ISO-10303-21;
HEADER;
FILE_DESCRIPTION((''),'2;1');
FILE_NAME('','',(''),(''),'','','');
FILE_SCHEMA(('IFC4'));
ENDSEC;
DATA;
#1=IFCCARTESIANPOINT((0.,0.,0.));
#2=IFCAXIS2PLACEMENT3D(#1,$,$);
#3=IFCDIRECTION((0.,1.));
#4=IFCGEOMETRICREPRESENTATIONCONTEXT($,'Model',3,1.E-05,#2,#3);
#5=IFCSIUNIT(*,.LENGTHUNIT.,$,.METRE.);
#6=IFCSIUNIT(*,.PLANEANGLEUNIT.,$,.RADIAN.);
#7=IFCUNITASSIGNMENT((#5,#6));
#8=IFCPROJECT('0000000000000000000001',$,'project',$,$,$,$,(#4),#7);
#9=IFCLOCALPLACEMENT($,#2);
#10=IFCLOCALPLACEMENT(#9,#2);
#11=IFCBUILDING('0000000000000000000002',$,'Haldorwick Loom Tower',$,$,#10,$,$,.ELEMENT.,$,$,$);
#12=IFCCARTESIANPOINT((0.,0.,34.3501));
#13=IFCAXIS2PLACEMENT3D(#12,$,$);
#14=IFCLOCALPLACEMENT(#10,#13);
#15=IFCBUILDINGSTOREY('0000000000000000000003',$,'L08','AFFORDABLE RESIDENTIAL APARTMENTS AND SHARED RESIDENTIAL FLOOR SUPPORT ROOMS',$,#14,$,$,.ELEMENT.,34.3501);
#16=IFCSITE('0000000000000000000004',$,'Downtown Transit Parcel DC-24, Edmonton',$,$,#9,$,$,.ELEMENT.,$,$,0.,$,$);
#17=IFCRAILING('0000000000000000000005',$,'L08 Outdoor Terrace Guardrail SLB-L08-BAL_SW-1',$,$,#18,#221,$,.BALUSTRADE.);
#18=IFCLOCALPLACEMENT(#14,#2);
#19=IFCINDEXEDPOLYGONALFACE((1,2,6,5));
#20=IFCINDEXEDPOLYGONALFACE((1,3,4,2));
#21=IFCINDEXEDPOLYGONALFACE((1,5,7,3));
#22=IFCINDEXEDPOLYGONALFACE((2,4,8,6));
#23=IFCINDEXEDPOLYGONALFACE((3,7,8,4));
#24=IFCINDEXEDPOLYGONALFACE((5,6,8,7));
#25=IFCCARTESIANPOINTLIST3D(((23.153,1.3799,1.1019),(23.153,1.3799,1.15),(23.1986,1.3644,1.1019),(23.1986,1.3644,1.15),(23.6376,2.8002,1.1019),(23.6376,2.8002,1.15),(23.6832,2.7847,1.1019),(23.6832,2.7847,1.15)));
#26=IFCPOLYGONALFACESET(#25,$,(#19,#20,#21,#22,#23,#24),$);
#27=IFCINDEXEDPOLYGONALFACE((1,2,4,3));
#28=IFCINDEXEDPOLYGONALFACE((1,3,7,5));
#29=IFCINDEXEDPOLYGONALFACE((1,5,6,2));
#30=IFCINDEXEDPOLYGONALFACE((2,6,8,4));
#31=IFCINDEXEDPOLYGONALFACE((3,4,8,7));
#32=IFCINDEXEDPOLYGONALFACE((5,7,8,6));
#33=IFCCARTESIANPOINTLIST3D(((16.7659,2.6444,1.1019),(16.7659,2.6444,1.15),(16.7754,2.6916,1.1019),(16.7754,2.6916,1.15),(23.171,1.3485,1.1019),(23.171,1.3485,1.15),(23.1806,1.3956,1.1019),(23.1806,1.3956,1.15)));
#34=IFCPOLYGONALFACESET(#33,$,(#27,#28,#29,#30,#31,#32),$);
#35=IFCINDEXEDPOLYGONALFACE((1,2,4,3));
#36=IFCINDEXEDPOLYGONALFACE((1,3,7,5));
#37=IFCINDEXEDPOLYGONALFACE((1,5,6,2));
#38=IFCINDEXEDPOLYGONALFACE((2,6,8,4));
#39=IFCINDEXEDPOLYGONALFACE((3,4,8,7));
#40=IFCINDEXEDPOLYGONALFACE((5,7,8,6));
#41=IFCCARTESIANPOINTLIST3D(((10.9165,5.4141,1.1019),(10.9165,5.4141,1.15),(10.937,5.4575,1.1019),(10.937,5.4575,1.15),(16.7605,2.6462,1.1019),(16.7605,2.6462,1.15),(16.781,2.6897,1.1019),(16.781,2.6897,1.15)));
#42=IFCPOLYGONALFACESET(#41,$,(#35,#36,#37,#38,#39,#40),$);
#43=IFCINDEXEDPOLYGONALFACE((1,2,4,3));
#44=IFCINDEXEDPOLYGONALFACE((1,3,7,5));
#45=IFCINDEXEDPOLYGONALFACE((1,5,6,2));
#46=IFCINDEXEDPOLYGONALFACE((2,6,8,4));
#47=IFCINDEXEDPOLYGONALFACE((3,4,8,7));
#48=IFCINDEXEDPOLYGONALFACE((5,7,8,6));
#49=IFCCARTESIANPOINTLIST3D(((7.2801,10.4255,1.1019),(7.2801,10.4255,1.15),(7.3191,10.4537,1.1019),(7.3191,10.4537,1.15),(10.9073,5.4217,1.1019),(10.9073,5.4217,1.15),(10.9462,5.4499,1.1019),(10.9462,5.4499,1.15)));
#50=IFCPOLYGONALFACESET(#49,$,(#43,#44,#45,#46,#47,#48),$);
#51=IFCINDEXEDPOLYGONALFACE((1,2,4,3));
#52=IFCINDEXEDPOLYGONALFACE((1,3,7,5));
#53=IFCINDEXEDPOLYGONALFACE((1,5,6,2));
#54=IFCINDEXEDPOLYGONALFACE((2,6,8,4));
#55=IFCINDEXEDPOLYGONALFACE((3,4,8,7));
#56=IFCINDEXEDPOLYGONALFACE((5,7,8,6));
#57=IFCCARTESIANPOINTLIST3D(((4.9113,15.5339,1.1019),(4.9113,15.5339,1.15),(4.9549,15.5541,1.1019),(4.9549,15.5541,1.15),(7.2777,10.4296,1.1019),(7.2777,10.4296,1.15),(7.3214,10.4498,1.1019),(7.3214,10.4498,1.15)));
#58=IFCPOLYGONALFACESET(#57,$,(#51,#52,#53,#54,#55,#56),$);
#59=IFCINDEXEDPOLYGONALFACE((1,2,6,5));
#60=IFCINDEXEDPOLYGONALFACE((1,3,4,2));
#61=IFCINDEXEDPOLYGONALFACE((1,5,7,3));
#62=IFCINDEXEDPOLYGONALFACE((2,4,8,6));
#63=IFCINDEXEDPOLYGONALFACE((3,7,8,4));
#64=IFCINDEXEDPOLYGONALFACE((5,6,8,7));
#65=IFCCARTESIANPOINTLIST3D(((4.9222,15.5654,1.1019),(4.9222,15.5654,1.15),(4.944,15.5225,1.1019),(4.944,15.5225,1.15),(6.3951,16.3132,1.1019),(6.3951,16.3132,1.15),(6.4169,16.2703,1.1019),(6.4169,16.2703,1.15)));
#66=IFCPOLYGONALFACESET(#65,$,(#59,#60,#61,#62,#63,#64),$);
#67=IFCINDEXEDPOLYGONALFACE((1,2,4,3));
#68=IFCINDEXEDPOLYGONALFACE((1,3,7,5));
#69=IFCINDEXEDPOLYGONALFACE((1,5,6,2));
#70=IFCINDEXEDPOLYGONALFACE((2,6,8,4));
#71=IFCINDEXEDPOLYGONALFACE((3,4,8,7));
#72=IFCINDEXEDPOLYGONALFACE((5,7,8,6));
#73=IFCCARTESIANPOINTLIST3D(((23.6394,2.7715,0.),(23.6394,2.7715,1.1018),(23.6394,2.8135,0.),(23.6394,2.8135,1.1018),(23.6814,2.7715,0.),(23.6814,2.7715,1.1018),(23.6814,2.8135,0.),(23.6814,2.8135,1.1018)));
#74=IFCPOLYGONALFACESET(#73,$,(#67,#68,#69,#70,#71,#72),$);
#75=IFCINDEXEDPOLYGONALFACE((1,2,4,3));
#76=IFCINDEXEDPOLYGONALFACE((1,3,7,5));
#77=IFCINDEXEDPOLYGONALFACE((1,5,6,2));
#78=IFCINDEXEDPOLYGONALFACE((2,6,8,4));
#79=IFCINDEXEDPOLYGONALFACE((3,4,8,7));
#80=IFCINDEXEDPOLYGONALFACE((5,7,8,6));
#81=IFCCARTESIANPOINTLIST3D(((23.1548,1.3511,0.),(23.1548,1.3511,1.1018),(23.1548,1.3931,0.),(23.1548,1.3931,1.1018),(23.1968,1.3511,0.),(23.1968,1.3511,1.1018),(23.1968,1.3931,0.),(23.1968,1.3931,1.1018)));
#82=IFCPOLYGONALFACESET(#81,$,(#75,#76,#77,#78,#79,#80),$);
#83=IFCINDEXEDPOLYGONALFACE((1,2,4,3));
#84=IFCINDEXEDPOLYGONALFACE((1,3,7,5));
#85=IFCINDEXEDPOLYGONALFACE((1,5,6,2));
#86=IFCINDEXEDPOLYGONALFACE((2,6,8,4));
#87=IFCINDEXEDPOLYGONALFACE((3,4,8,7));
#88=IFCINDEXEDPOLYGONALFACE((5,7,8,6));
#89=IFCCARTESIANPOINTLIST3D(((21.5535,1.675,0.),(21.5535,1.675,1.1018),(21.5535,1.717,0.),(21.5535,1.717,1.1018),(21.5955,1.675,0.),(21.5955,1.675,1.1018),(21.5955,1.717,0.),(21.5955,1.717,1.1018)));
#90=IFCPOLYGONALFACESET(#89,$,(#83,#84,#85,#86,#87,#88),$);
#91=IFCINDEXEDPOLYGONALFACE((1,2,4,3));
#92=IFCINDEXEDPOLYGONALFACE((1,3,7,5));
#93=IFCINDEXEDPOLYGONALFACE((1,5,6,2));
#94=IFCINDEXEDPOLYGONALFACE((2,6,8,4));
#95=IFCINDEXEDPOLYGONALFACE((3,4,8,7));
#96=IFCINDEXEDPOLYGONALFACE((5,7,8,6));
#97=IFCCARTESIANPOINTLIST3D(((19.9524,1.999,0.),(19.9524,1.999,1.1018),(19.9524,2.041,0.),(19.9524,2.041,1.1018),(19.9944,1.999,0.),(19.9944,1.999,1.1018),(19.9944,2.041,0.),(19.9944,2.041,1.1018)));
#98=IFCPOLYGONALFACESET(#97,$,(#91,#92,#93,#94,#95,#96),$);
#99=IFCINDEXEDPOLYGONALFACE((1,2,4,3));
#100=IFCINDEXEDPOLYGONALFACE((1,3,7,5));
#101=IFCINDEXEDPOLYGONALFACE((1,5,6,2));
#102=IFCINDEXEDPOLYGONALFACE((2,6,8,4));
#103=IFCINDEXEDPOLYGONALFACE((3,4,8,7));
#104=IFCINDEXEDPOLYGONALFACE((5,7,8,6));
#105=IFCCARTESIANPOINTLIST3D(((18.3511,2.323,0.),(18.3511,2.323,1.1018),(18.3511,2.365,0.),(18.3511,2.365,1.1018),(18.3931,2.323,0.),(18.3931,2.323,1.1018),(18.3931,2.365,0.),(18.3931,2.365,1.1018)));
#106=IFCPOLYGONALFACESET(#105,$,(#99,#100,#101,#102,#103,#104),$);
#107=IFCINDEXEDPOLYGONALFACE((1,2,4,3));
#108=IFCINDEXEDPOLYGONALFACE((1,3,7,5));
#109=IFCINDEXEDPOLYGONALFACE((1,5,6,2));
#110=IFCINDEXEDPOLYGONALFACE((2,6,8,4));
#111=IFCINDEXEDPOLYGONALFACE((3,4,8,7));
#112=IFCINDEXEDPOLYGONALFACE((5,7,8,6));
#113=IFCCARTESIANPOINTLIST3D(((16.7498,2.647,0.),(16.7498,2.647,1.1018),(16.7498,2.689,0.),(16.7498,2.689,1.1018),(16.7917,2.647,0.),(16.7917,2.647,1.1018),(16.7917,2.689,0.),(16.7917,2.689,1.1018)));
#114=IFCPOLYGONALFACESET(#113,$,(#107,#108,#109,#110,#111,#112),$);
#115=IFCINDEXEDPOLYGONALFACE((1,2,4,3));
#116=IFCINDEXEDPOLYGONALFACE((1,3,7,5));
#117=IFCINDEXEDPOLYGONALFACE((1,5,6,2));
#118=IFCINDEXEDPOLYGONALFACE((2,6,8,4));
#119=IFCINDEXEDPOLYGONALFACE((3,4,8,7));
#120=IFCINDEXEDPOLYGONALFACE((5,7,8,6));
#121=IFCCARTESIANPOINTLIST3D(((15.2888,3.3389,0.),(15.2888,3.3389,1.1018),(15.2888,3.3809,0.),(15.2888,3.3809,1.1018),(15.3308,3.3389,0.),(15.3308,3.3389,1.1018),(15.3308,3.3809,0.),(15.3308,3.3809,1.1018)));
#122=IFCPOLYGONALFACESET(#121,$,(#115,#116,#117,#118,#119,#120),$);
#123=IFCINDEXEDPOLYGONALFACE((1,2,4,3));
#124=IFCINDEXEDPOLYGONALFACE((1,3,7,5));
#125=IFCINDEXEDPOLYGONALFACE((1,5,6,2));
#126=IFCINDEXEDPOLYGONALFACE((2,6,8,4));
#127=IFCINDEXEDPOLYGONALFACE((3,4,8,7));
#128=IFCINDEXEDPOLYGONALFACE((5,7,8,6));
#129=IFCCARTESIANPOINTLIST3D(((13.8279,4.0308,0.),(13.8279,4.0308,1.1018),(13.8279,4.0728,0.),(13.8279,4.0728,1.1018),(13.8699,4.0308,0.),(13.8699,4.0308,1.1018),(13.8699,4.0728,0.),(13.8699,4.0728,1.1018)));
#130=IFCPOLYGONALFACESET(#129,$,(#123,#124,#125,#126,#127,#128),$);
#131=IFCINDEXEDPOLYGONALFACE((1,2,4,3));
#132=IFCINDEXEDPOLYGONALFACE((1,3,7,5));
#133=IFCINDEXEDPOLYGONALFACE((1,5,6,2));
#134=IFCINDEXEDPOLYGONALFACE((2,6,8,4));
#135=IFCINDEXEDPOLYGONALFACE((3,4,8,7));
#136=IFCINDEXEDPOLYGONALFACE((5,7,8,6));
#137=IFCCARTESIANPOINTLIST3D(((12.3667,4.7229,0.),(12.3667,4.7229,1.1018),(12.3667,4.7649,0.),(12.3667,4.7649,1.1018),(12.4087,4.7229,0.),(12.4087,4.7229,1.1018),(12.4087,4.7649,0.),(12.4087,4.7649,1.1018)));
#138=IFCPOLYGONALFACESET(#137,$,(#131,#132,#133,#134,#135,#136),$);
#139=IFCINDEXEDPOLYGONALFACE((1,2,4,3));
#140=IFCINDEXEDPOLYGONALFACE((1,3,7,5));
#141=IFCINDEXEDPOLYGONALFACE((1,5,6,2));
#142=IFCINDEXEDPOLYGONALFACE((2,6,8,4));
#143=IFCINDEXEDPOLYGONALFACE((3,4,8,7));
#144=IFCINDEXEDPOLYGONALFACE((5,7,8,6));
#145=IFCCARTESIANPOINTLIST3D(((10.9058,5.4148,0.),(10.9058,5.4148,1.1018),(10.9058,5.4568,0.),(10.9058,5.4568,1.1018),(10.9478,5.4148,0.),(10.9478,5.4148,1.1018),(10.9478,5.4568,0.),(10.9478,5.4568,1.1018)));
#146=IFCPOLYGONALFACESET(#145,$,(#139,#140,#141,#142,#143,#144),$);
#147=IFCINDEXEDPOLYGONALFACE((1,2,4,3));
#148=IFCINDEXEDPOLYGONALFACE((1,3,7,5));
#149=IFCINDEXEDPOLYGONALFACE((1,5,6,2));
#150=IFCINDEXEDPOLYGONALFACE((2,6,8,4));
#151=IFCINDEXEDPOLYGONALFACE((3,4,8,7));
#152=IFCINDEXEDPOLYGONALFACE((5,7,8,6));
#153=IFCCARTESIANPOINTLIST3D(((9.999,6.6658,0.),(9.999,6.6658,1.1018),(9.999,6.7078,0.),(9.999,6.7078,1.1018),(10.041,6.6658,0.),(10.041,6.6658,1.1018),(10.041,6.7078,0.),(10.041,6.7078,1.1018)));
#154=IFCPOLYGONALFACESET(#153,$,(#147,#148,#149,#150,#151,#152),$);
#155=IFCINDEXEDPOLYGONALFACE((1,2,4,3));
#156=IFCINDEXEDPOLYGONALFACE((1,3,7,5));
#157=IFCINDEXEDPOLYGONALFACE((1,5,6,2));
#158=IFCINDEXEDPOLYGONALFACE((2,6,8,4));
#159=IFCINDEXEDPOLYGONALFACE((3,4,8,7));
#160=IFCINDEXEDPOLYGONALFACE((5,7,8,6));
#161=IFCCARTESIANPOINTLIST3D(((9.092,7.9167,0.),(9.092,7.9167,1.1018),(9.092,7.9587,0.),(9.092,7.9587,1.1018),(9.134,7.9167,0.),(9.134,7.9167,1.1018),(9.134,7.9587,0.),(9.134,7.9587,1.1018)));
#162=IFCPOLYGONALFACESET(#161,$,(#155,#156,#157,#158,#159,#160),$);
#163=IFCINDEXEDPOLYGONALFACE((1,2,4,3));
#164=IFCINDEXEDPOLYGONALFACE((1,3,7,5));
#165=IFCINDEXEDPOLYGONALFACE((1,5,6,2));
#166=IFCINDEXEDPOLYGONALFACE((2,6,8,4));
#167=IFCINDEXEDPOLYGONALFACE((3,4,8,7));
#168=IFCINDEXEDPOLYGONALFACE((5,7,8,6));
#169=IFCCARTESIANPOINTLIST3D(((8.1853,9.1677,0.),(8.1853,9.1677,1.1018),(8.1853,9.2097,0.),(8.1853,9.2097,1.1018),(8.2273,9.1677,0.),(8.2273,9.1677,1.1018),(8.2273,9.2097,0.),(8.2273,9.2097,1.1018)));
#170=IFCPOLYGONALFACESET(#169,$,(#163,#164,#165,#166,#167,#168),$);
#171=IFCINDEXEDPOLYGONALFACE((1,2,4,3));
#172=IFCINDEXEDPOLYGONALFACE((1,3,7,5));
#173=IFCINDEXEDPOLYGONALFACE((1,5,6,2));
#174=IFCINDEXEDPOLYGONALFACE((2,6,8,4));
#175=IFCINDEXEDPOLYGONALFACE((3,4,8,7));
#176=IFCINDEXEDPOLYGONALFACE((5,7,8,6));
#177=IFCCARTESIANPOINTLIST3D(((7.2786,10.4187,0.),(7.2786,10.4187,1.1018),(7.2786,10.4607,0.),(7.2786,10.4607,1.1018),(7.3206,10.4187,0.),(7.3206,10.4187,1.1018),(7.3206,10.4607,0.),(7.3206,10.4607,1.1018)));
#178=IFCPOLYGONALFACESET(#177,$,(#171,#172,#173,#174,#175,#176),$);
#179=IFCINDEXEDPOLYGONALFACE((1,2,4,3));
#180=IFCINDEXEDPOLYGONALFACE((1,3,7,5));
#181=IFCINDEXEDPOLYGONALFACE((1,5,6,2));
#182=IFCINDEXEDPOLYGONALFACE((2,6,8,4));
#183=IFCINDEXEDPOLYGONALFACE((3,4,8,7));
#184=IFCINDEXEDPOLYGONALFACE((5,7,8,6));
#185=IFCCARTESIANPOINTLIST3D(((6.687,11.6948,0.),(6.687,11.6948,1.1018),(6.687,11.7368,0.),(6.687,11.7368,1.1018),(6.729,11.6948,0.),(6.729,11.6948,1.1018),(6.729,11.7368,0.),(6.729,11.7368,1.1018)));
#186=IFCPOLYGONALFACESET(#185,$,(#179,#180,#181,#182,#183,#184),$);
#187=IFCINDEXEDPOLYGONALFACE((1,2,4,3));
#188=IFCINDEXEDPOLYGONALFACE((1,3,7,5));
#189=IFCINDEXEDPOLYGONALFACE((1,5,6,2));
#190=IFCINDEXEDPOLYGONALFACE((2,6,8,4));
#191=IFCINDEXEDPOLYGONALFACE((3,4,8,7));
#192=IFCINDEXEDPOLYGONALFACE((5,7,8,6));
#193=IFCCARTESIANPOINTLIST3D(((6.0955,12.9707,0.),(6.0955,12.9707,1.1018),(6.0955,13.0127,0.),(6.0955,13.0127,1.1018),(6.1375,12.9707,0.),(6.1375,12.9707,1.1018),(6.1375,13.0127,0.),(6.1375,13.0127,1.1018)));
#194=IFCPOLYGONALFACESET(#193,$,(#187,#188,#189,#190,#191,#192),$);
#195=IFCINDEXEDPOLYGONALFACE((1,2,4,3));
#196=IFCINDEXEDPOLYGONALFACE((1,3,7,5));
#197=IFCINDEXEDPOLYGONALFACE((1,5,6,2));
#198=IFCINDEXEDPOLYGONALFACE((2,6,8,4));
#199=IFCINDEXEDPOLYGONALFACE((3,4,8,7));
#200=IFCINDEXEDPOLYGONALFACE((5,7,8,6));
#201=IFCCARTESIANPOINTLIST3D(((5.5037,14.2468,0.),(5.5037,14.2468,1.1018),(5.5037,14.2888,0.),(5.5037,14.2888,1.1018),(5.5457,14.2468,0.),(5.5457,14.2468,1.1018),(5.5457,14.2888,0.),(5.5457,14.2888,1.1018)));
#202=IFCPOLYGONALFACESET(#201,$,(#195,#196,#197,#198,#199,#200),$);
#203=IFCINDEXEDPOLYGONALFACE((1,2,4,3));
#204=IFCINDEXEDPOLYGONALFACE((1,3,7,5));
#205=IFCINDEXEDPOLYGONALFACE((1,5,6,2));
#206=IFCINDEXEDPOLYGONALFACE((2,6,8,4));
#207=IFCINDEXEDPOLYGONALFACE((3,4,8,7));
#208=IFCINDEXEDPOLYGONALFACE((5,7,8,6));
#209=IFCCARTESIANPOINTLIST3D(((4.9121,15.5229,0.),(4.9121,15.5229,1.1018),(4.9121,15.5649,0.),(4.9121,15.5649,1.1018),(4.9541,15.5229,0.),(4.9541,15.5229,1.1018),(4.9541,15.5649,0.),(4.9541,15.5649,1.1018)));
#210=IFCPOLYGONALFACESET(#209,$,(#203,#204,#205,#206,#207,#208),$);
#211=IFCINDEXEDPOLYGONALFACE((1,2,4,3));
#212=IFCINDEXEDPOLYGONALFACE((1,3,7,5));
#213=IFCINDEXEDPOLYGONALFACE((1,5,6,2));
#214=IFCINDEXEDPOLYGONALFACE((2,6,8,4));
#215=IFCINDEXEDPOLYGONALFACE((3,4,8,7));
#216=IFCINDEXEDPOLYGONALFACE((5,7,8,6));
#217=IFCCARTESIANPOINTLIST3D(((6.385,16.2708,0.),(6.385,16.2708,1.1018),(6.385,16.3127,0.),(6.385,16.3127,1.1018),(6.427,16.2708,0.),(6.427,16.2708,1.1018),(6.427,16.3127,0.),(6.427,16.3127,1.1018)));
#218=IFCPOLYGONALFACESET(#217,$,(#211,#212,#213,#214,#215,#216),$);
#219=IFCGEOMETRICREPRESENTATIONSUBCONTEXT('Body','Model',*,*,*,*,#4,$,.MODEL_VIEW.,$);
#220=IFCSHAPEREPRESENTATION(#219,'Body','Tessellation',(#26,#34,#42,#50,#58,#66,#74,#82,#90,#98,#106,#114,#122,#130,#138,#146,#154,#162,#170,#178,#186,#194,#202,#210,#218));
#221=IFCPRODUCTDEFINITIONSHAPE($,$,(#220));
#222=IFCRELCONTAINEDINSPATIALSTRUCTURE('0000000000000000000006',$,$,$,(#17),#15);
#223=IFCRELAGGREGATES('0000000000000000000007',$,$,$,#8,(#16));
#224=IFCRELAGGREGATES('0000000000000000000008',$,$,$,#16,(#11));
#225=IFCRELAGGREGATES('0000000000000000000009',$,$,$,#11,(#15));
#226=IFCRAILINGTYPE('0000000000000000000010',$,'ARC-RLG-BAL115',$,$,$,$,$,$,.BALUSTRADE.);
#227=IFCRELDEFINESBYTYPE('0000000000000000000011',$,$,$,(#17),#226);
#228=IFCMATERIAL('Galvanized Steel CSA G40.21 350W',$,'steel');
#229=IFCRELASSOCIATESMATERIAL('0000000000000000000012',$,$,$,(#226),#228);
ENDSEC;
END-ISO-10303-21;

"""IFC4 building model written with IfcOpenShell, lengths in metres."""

from ifc_helpers import new_model, si_unit, direction, frame, origin, origin_2d, place, context, subcontext, project, spatial, rectangle, extrude, material, type_object, element, save


model = new_model("IFC4")

# Units and contexts
model_context = context("Model", 3, precision=1e-05, world=origin(), true_north=direction((0.0, 1.0)))
body_context = subcontext(model_context, "Body", "Model", "MODEL_VIEW")
ifc_project = project(units=[si_unit("LENGTHUNIT", "METRE"), si_unit("PLANEANGLEUNIT", "RADIAN")], contexts=[model_context])

# Site, building, storey
site_placement = place(None, origin())
site = spatial("IfcSite", under=ifc_project, at=site_placement, Name="Downtown Transit Parcel DC-24, Edmonton", CompositionType="ELEMENT", RefElevation=0.0)
building_placement = place(site_placement, origin())
building = spatial("IfcBuilding", under=site, at=building_placement, Name="Haldorwick Loom Tower", CompositionType="ELEMENT")
storey_placement = place(building_placement, frame((0.0, 0.0, 34.3501)))
storey = spatial("IfcBuildingStorey", under=building, at=storey_placement, Name="L08", Description="AFFORDABLE RESIDENTIAL APARTMENTS AND SHARED RESIDENTIAL FLOOR SUPPORT ROOMS", CompositionType="ELEMENT", Elevation=34.3501)

# Railing
ifc_material_1 = material(Name="Galvanized Steel CSA G40.21 350W", Category="steel")
railing_type = type_object("IfcRailingType", Name="ARC-RLG-BAL115", PredefinedType="BALUSTRADE", material=ifc_material_1)
railing_placement = place(storey_placement, frame((23.6604, 2.7925, 0.0)))
element("IfcRailing", 1, at=railing_placement, inside=storey, type_object=railing_type, Name="L08 Outdoor Terrace Guardrail SLB-L08-BAL_SW-1", PredefinedType="BALUSTRADE", context=body_context, shape_type="SweptSolid", body=[
    extrude(rectangle(XDim=0.0481, YDim=0.0481, at=origin_2d()), frame((0.0, 0.0, 1.126), z_axis=(-0.322906, -0.946431, 0.0), x_axis=(0.946431, -0.322906, 0.0)), (0.0, 0.0, 1.0), 1.5007),
    extrude(rectangle(XDim=0.0481, YDim=0.0481, at=origin_2d()), frame((-0.4846, -1.4204, 1.126), z_axis=(-0.98014, 0.198307, 0.0), x_axis=(-0.198307, -0.98014, 0.0)), (0.0, 0.0, 1.0), 6.5349),
    extrude(rectangle(XDim=0.0481, YDim=0.0481, at=origin_2d()), frame((-6.8896, -0.1245, 1.126), z_axis=(-0.903761, 0.428038, 0.0), x_axis=(-0.428038, -0.903761, 0.0)), (0.0, 0.0, 1.0), 6.4663),
    extrude(rectangle(XDim=0.0481, YDim=0.0481, at=origin_2d()), frame((-12.7336, 2.6433, 1.126), z_axis=(-0.5869, 0.809659, 0.0), x_axis=(-0.809659, -0.5869, 0.0)), (0.0, 0.0, 1.0), 6.1802),
    extrude(rectangle(XDim=0.0481, YDim=0.0481, at=origin_2d()), frame((-16.3608, 7.6472, 1.126), z_axis=(-0.420618, 0.907238, 0.0), x_axis=(-0.907238, -0.420618, 0.0)), (0.0, 0.0, 1.0), 5.6262),
    extrude(rectangle(XDim=0.0481, YDim=0.0481, at=origin_2d()), frame((-18.7273, 12.7515, 1.126), z_axis=(0.891661, 0.452703, 0.0), x_axis=(-0.452703, 0.891661, 0.0)), (0.0, 0.0, 1.0), 1.6519),
    extrude(rectangle(XDim=0.042, YDim=0.042, at=origin_2d()), origin(), (0.0, 0.0, 1.0), 1.1018),
    extrude(rectangle(XDim=0.042, YDim=0.042, at=origin_2d()), frame((-0.4846, -1.4204, 0.0)), (0.0, 0.0, 1.0), 1.1018),
    extrude(rectangle(XDim=0.042, YDim=0.042, at=origin_2d()), frame((-2.0859, -1.0964, 0.0)), (0.0, 0.0, 1.0), 1.1018),
    extrude(rectangle(XDim=0.042, YDim=0.042, at=origin_2d()), frame((-3.687, -0.7725, 0.0)), (0.0, 0.0, 1.0), 1.1018),
    extrude(rectangle(XDim=0.042, YDim=0.042, at=origin_2d()), frame((-5.2883, -0.4485, 0.0)), (0.0, 0.0, 1.0), 1.1018),
    extrude(rectangle(XDim=0.042, YDim=0.042, at=origin_2d()), frame((-6.8896, -0.1245, 0.0)), (0.0, 0.0, 1.0), 1.1018),
    extrude(rectangle(XDim=0.042, YDim=0.042, at=origin_2d()), frame((-8.3506, 0.5674, 0.0)), (0.0, 0.0, 1.0), 1.1018),
    extrude(rectangle(XDim=0.042, YDim=0.042, at=origin_2d()), frame((-9.8115, 1.2593, 0.0)), (0.0, 0.0, 1.0), 1.1018),
    extrude(rectangle(XDim=0.042, YDim=0.042, at=origin_2d()), frame((-11.2727, 1.9514, 0.0)), (0.0, 0.0, 1.0), 1.1018),
    extrude(rectangle(XDim=0.042, YDim=0.042, at=origin_2d()), frame((-12.7336, 2.6433, 0.0)), (0.0, 0.0, 1.0), 1.1018),
    extrude(rectangle(XDim=0.042, YDim=0.042, at=origin_2d()), frame((-13.6404, 3.8943, 0.0)), (0.0, 0.0, 1.0), 1.1018),
    extrude(rectangle(XDim=0.042, YDim=0.042, at=origin_2d()), frame((-14.5474, 5.1453, 0.0)), (0.0, 0.0, 1.0), 1.1018),
    extrude(rectangle(XDim=0.042, YDim=0.042, at=origin_2d()), frame((-15.4541, 6.3962, 0.0)), (0.0, 0.0, 1.0), 1.1018),
    extrude(rectangle(XDim=0.042, YDim=0.042, at=origin_2d()), frame((-16.3608, 7.6472, 0.0)), (0.0, 0.0, 1.0), 1.1018),
    extrude(rectangle(XDim=0.042, YDim=0.042, at=origin_2d()), frame((-16.9524, 8.9233, 0.0)), (0.0, 0.0, 1.0), 1.1018),
    extrude(rectangle(XDim=0.042, YDim=0.042, at=origin_2d()), frame((-17.5439, 10.1992, 0.0)), (0.0, 0.0, 1.0), 1.1018),
    extrude(rectangle(XDim=0.042, YDim=0.042, at=origin_2d()), frame((-18.1357, 11.4753, 0.0)), (0.0, 0.0, 1.0), 1.1018),
    extrude(rectangle(XDim=0.042, YDim=0.042, at=origin_2d()), frame((-18.7273, 12.7515, 0.0)), (0.0, 0.0, 1.0), 1.1018),
    extrude(rectangle(XDim=0.042, YDim=0.042, at=origin_2d()), frame((-17.2544, 13.4993, 0.0)), (0.0, 0.0, 1.0), 1.1018),
])

save(model, "model.ifc")
